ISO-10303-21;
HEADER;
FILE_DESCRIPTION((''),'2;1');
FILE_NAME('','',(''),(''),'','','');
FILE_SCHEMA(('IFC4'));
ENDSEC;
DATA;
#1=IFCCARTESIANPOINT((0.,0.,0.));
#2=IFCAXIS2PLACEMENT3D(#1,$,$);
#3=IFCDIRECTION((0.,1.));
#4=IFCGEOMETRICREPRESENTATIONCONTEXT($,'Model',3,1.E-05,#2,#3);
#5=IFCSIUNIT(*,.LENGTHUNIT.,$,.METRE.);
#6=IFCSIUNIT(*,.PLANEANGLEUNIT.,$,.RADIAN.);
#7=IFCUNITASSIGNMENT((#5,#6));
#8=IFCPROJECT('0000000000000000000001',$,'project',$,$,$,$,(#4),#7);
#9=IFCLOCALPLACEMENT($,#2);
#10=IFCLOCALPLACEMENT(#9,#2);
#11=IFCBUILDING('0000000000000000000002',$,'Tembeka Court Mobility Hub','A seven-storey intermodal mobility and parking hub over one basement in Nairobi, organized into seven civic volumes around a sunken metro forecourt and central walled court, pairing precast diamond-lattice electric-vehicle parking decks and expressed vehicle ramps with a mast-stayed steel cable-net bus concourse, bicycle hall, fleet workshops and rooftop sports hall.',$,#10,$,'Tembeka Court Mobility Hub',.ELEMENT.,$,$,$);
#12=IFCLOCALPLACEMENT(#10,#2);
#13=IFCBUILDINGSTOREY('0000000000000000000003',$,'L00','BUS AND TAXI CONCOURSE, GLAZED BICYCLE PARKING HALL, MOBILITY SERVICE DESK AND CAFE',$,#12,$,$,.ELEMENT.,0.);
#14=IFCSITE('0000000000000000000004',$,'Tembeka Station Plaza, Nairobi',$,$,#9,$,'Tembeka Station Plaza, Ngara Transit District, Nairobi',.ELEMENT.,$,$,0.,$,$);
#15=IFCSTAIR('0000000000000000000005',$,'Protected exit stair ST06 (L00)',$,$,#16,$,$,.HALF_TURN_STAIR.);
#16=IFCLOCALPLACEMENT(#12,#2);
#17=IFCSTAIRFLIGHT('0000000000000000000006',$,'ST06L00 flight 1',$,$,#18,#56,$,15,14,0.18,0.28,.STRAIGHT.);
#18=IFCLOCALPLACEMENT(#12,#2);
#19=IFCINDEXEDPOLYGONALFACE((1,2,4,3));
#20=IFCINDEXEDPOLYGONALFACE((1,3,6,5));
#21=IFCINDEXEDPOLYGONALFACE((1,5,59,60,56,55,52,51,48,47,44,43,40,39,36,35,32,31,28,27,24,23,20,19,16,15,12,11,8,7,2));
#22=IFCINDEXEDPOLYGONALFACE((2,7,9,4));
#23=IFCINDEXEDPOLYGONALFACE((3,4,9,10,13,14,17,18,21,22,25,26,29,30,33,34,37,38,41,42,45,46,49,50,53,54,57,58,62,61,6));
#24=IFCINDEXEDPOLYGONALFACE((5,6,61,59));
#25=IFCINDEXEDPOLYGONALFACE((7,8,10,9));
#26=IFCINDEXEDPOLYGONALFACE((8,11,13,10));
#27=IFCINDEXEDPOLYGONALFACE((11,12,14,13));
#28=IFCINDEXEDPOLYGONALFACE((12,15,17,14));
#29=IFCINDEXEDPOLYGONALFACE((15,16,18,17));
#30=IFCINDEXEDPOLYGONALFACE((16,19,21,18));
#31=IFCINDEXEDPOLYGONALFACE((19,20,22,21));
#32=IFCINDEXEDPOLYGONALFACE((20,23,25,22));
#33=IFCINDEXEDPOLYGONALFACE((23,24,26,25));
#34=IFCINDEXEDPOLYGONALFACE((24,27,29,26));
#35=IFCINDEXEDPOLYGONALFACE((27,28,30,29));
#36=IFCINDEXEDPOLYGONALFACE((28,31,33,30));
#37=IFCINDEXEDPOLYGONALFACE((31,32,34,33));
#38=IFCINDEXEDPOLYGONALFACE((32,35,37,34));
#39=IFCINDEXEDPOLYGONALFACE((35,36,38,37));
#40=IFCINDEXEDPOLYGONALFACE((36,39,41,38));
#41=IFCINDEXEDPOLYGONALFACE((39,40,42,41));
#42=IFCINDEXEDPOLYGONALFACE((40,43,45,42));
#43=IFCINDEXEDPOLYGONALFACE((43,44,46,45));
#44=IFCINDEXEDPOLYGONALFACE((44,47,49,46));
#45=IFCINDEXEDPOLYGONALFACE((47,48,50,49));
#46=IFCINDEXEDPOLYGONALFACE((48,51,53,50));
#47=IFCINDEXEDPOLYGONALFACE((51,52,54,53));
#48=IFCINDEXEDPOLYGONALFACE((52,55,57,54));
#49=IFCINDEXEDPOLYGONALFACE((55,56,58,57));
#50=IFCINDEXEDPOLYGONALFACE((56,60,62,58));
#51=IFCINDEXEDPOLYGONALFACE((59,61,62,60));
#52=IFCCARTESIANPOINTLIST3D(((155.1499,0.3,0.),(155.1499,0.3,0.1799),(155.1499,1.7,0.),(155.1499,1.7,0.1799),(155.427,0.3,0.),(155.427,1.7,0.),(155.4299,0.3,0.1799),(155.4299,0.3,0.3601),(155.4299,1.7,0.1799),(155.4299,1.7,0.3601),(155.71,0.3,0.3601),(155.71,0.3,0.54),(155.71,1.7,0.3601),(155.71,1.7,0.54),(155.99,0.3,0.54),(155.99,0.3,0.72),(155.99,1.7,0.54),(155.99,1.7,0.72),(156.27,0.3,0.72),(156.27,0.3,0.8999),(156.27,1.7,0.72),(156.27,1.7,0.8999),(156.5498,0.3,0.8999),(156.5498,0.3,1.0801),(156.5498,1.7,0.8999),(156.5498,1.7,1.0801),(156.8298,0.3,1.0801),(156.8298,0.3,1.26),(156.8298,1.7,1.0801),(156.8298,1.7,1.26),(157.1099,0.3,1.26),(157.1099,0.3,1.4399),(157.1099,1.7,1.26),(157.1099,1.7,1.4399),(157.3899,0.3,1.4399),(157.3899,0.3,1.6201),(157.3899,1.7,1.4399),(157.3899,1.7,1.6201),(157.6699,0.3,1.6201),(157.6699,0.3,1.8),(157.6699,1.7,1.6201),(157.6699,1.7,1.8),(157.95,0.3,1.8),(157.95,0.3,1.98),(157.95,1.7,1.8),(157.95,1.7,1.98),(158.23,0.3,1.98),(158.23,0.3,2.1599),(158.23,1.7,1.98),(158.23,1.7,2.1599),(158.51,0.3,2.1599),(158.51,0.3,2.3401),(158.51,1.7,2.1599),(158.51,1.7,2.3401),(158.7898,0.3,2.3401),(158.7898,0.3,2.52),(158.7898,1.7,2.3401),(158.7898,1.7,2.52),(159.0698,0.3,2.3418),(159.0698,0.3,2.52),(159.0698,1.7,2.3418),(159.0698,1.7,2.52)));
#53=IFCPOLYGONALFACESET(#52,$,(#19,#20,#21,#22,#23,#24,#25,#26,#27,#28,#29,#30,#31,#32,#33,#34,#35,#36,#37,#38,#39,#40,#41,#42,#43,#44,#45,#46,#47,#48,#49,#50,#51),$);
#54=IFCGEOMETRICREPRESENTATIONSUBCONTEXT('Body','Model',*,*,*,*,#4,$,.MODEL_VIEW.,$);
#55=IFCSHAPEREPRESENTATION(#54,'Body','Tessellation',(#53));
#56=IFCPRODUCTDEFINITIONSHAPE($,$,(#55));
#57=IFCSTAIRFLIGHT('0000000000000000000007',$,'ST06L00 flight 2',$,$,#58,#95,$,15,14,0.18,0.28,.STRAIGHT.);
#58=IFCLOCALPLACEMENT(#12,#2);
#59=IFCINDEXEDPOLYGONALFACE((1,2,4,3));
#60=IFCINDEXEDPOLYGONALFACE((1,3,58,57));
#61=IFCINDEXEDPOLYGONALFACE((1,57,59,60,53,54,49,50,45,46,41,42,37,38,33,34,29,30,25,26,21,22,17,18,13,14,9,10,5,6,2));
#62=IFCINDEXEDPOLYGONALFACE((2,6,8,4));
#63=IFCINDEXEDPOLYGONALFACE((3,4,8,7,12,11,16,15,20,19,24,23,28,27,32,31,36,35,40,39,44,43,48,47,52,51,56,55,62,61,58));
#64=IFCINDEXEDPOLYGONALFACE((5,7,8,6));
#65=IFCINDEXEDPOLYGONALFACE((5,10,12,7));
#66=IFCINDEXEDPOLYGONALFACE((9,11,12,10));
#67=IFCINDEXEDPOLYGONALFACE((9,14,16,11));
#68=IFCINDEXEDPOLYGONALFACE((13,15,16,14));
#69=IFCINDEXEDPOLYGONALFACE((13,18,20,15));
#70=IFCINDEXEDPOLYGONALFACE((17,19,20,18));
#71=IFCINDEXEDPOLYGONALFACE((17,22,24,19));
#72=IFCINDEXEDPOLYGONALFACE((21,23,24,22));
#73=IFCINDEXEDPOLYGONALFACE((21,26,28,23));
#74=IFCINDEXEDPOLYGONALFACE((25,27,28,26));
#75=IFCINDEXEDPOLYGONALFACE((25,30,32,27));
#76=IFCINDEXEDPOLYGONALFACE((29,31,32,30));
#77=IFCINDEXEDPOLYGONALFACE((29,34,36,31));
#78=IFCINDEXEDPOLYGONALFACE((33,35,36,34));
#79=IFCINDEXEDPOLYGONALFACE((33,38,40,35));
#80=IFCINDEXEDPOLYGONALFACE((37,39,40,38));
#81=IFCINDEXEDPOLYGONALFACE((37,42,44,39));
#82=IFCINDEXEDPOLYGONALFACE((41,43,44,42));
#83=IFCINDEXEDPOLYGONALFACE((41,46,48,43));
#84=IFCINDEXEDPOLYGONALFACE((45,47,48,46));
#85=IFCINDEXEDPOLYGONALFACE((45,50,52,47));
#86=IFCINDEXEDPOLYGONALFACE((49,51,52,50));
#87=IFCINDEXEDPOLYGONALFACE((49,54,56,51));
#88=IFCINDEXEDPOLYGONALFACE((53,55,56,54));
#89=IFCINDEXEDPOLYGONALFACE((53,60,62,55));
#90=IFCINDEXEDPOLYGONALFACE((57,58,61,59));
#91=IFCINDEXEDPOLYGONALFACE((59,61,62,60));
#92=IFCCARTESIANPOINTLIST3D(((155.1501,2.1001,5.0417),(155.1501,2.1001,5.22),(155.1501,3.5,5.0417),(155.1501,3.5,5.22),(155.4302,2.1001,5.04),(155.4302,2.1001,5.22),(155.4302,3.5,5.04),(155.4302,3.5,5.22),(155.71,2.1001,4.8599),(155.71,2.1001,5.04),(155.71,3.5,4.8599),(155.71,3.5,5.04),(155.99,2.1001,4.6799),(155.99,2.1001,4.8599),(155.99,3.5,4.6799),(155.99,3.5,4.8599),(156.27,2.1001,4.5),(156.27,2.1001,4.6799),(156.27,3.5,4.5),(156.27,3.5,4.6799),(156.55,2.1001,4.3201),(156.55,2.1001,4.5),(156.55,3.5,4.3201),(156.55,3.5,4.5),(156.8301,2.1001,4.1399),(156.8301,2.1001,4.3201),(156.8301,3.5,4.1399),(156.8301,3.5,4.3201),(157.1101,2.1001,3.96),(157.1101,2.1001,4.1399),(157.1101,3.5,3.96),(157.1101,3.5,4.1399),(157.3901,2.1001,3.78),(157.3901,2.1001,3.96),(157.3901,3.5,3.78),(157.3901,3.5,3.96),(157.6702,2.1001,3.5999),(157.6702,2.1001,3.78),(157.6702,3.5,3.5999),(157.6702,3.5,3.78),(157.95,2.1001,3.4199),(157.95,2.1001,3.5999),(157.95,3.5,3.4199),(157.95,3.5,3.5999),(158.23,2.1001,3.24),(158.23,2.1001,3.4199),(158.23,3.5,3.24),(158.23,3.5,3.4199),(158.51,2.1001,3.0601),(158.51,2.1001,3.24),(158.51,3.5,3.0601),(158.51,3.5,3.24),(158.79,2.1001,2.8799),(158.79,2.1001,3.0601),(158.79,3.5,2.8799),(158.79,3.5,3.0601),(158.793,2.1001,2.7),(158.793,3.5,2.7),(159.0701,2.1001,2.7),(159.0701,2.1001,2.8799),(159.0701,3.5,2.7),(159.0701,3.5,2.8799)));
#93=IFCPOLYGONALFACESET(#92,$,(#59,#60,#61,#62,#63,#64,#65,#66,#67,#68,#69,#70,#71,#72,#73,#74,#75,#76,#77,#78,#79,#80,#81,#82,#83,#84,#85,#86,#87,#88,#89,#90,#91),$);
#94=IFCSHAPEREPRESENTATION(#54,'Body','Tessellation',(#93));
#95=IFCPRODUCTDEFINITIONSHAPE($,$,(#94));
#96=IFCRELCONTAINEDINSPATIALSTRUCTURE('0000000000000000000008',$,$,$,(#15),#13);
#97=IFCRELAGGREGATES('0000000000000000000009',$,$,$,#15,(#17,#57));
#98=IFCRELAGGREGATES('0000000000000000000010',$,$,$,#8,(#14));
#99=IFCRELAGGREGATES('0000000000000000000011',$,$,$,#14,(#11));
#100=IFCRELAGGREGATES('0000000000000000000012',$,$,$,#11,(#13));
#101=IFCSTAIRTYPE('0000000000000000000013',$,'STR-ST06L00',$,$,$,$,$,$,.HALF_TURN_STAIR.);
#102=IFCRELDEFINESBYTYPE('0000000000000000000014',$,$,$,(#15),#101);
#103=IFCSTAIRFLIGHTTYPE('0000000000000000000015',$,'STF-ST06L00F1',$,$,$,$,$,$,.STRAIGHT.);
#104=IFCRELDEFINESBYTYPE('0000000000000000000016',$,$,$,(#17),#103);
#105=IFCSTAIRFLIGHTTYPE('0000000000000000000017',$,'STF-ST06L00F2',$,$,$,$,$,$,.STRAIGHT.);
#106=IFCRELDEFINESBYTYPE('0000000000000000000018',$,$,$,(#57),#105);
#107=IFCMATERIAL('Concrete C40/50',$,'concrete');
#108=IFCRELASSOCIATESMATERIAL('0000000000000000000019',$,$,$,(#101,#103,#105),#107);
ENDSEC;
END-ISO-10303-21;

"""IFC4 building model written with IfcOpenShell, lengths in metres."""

from ifc_helpers import new_model, si_unit, direction, frame, origin, place, context, subcontext, project, spatial, polyline, outline, extrude, material, type_object, element, aggregate, save


model = new_model("IFC4")

# Units and contexts
model_context = context("Model", 3, precision=1e-05, world=origin(), true_north=direction((0.0, 1.0)))
body_context = subcontext(model_context, "Body", "Model", "MODEL_VIEW")
ifc_project = project(units=[si_unit("LENGTHUNIT", "METRE"), si_unit("PLANEANGLEUNIT", "RADIAN")], contexts=[model_context])

# Site, building, storey
site_placement = place(None, origin())
site = spatial("IfcSite", under=ifc_project, at=site_placement, Name="Tembeka Station Plaza, Nairobi", LongName="Tembeka Station Plaza, Ngara Transit District, Nairobi", CompositionType="ELEMENT", RefElevation=0.0)
building_placement = place(site_placement, origin())
building = spatial("IfcBuilding", under=site, at=building_placement, Name="Tembeka Court Mobility Hub", Description="A seven-storey intermodal mobility and parking hub over one basement in Nairobi, organized into seven civic volumes around a sunken metro forecourt and central walled court, pairing precast diamond-lattice electric-vehicle parking decks and expressed vehicle ramps with a mast-stayed steel cable-net bus concourse, bicycle hall, fleet workshops and rooftop sports hall.", LongName="Tembeka Court Mobility Hub", CompositionType="ELEMENT")
storey_placement = place(building_placement, origin())
storey = spatial("IfcBuildingStorey", under=building, at=storey_placement, Name="L00", Description="BUS AND TAXI CONCOURSE, GLAZED BICYCLE PARKING HALL, MOBILITY SERVICE DESK AND CAFE", CompositionType="ELEMENT", Elevation=0.0)

# Shared definitions
ifc_material_1 = material(Name="Concrete C40/50", Category="concrete")

# Stair, stair flights
stair_type = type_object("IfcStairType", Name="STR-ST06L00", PredefinedType="HALF_TURN_STAIR", material=ifc_material_1)
stair_placement = place(storey_placement, origin())
stair = element("IfcStair", 1, at=stair_placement, inside=storey, type_object=stair_type, Name="Protected exit stair ST06 (L00)", PredefinedType="HALF_TURN_STAIR")
stair_flight_type_1 = type_object("IfcStairFlightType", Name="STF-ST06L00F1", PredefinedType="STRAIGHT", material=ifc_material_1)
stair_flight_1_placement = place(storey_placement, frame((155.1499, 1.0, 0.0), z_axis=(0.0, 0.0, 1.0), x_axis=(1.0, 0.0, 0.0)))
stair_flight_1 = element("IfcStairFlight", 2, at=stair_flight_1_placement, type_object=stair_flight_type_1, Name="ST06L00 flight 1", NumberOfRisers=15, NumberOfTreads=14, PredefinedType="STRAIGHT", RiserHeight=0.18, TreadLength=0.28, context=body_context, shape_type="SweptSolid", body=[
    extrude(outline(polyline([(0.0, 0.0), (0.0, 0.1799), (0.28, 0.1799), (0.28, 0.3601), (0.5601, 0.3601), (0.5601, 0.54), (0.8401, 0.54), (0.8401, 0.72), (1.1201, 0.72), (1.1201, 0.8999), (1.3999, 0.8999), (1.3999, 1.0801), (1.6799, 1.0801), (1.6799, 1.26), (1.96, 1.26), (1.96, 1.4399), (2.24, 1.4399), (2.24, 1.6201), (2.52, 1.6201), (2.52, 1.8), (2.8, 1.8), (2.8, 1.98), (3.0801, 1.98), (3.0801, 2.1599), (3.3601, 2.1599), (3.3601, 2.3401), (3.6399, 2.3401), (3.6399, 2.52), (3.9199, 2.52), (3.9199, 2.7), (3.9199, 2.3418), (0.2771, 0.0), (0.0, 0.0)])), frame((0.0, 0.7, 0.0), z_axis=(0.0, -1.0, 0.0), x_axis=(1.0, 0.0, 0.0)), (0.0, 0.0, 1.0), 1.3999),
])
stair_flight_type_2 = type_object("IfcStairFlightType", Name="STF-ST06L00F2", PredefinedType="STRAIGHT", material=ifc_material_1)
stair_flight_2_placement = place(storey_placement, frame((159.0701, 2.8, 2.7), z_axis=(0.0, 0.0, 1.0), x_axis=(-1.0, 0.0, 0.0)))
stair_flight_2 = element("IfcStairFlight", 3, at=stair_flight_2_placement, type_object=stair_flight_type_2, Name="ST06L00 flight 2", NumberOfRisers=15, NumberOfTreads=14, PredefinedType="STRAIGHT", RiserHeight=0.18, TreadLength=0.28, context=body_context, shape_type="SweptSolid", body=[
    extrude(outline(polyline([(0.0, 0.0), (0.0, 0.1799), (0.28, 0.1799), (0.28, 0.3601), (0.5601, 0.3601), (0.5601, 0.54), (0.8401, 0.54), (0.8401, 0.72), (1.1201, 0.72), (1.1201, 0.8999), (1.3999, 0.8999), (1.3999, 1.0801), (1.6799, 1.0801), (1.6799, 1.26), (1.96, 1.26), (1.96, 1.4399), (2.24, 1.4399), (2.24, 1.6201), (2.52, 1.6201), (2.52, 1.8), (2.8, 1.8), (2.8, 1.98), (3.0801, 1.98), (3.0801, 2.1599), (3.3601, 2.1599), (3.3601, 2.3401), (3.6399, 2.3401), (3.6399, 2.52), (3.9199, 2.52), (3.9199, 2.7), (3.9199, 2.3418), (0.2771, 0.0), (0.0, 0.0)])), frame((0.0, 0.7, 0.0), z_axis=(0.0, -1.0, 0.0), x_axis=(1.0, 0.0, 0.0)), (0.0, 0.0, 1.0), 1.3999),
])
aggregate(stair, [stair_flight_1, stair_flight_2])

save(model, "model.ifc")
